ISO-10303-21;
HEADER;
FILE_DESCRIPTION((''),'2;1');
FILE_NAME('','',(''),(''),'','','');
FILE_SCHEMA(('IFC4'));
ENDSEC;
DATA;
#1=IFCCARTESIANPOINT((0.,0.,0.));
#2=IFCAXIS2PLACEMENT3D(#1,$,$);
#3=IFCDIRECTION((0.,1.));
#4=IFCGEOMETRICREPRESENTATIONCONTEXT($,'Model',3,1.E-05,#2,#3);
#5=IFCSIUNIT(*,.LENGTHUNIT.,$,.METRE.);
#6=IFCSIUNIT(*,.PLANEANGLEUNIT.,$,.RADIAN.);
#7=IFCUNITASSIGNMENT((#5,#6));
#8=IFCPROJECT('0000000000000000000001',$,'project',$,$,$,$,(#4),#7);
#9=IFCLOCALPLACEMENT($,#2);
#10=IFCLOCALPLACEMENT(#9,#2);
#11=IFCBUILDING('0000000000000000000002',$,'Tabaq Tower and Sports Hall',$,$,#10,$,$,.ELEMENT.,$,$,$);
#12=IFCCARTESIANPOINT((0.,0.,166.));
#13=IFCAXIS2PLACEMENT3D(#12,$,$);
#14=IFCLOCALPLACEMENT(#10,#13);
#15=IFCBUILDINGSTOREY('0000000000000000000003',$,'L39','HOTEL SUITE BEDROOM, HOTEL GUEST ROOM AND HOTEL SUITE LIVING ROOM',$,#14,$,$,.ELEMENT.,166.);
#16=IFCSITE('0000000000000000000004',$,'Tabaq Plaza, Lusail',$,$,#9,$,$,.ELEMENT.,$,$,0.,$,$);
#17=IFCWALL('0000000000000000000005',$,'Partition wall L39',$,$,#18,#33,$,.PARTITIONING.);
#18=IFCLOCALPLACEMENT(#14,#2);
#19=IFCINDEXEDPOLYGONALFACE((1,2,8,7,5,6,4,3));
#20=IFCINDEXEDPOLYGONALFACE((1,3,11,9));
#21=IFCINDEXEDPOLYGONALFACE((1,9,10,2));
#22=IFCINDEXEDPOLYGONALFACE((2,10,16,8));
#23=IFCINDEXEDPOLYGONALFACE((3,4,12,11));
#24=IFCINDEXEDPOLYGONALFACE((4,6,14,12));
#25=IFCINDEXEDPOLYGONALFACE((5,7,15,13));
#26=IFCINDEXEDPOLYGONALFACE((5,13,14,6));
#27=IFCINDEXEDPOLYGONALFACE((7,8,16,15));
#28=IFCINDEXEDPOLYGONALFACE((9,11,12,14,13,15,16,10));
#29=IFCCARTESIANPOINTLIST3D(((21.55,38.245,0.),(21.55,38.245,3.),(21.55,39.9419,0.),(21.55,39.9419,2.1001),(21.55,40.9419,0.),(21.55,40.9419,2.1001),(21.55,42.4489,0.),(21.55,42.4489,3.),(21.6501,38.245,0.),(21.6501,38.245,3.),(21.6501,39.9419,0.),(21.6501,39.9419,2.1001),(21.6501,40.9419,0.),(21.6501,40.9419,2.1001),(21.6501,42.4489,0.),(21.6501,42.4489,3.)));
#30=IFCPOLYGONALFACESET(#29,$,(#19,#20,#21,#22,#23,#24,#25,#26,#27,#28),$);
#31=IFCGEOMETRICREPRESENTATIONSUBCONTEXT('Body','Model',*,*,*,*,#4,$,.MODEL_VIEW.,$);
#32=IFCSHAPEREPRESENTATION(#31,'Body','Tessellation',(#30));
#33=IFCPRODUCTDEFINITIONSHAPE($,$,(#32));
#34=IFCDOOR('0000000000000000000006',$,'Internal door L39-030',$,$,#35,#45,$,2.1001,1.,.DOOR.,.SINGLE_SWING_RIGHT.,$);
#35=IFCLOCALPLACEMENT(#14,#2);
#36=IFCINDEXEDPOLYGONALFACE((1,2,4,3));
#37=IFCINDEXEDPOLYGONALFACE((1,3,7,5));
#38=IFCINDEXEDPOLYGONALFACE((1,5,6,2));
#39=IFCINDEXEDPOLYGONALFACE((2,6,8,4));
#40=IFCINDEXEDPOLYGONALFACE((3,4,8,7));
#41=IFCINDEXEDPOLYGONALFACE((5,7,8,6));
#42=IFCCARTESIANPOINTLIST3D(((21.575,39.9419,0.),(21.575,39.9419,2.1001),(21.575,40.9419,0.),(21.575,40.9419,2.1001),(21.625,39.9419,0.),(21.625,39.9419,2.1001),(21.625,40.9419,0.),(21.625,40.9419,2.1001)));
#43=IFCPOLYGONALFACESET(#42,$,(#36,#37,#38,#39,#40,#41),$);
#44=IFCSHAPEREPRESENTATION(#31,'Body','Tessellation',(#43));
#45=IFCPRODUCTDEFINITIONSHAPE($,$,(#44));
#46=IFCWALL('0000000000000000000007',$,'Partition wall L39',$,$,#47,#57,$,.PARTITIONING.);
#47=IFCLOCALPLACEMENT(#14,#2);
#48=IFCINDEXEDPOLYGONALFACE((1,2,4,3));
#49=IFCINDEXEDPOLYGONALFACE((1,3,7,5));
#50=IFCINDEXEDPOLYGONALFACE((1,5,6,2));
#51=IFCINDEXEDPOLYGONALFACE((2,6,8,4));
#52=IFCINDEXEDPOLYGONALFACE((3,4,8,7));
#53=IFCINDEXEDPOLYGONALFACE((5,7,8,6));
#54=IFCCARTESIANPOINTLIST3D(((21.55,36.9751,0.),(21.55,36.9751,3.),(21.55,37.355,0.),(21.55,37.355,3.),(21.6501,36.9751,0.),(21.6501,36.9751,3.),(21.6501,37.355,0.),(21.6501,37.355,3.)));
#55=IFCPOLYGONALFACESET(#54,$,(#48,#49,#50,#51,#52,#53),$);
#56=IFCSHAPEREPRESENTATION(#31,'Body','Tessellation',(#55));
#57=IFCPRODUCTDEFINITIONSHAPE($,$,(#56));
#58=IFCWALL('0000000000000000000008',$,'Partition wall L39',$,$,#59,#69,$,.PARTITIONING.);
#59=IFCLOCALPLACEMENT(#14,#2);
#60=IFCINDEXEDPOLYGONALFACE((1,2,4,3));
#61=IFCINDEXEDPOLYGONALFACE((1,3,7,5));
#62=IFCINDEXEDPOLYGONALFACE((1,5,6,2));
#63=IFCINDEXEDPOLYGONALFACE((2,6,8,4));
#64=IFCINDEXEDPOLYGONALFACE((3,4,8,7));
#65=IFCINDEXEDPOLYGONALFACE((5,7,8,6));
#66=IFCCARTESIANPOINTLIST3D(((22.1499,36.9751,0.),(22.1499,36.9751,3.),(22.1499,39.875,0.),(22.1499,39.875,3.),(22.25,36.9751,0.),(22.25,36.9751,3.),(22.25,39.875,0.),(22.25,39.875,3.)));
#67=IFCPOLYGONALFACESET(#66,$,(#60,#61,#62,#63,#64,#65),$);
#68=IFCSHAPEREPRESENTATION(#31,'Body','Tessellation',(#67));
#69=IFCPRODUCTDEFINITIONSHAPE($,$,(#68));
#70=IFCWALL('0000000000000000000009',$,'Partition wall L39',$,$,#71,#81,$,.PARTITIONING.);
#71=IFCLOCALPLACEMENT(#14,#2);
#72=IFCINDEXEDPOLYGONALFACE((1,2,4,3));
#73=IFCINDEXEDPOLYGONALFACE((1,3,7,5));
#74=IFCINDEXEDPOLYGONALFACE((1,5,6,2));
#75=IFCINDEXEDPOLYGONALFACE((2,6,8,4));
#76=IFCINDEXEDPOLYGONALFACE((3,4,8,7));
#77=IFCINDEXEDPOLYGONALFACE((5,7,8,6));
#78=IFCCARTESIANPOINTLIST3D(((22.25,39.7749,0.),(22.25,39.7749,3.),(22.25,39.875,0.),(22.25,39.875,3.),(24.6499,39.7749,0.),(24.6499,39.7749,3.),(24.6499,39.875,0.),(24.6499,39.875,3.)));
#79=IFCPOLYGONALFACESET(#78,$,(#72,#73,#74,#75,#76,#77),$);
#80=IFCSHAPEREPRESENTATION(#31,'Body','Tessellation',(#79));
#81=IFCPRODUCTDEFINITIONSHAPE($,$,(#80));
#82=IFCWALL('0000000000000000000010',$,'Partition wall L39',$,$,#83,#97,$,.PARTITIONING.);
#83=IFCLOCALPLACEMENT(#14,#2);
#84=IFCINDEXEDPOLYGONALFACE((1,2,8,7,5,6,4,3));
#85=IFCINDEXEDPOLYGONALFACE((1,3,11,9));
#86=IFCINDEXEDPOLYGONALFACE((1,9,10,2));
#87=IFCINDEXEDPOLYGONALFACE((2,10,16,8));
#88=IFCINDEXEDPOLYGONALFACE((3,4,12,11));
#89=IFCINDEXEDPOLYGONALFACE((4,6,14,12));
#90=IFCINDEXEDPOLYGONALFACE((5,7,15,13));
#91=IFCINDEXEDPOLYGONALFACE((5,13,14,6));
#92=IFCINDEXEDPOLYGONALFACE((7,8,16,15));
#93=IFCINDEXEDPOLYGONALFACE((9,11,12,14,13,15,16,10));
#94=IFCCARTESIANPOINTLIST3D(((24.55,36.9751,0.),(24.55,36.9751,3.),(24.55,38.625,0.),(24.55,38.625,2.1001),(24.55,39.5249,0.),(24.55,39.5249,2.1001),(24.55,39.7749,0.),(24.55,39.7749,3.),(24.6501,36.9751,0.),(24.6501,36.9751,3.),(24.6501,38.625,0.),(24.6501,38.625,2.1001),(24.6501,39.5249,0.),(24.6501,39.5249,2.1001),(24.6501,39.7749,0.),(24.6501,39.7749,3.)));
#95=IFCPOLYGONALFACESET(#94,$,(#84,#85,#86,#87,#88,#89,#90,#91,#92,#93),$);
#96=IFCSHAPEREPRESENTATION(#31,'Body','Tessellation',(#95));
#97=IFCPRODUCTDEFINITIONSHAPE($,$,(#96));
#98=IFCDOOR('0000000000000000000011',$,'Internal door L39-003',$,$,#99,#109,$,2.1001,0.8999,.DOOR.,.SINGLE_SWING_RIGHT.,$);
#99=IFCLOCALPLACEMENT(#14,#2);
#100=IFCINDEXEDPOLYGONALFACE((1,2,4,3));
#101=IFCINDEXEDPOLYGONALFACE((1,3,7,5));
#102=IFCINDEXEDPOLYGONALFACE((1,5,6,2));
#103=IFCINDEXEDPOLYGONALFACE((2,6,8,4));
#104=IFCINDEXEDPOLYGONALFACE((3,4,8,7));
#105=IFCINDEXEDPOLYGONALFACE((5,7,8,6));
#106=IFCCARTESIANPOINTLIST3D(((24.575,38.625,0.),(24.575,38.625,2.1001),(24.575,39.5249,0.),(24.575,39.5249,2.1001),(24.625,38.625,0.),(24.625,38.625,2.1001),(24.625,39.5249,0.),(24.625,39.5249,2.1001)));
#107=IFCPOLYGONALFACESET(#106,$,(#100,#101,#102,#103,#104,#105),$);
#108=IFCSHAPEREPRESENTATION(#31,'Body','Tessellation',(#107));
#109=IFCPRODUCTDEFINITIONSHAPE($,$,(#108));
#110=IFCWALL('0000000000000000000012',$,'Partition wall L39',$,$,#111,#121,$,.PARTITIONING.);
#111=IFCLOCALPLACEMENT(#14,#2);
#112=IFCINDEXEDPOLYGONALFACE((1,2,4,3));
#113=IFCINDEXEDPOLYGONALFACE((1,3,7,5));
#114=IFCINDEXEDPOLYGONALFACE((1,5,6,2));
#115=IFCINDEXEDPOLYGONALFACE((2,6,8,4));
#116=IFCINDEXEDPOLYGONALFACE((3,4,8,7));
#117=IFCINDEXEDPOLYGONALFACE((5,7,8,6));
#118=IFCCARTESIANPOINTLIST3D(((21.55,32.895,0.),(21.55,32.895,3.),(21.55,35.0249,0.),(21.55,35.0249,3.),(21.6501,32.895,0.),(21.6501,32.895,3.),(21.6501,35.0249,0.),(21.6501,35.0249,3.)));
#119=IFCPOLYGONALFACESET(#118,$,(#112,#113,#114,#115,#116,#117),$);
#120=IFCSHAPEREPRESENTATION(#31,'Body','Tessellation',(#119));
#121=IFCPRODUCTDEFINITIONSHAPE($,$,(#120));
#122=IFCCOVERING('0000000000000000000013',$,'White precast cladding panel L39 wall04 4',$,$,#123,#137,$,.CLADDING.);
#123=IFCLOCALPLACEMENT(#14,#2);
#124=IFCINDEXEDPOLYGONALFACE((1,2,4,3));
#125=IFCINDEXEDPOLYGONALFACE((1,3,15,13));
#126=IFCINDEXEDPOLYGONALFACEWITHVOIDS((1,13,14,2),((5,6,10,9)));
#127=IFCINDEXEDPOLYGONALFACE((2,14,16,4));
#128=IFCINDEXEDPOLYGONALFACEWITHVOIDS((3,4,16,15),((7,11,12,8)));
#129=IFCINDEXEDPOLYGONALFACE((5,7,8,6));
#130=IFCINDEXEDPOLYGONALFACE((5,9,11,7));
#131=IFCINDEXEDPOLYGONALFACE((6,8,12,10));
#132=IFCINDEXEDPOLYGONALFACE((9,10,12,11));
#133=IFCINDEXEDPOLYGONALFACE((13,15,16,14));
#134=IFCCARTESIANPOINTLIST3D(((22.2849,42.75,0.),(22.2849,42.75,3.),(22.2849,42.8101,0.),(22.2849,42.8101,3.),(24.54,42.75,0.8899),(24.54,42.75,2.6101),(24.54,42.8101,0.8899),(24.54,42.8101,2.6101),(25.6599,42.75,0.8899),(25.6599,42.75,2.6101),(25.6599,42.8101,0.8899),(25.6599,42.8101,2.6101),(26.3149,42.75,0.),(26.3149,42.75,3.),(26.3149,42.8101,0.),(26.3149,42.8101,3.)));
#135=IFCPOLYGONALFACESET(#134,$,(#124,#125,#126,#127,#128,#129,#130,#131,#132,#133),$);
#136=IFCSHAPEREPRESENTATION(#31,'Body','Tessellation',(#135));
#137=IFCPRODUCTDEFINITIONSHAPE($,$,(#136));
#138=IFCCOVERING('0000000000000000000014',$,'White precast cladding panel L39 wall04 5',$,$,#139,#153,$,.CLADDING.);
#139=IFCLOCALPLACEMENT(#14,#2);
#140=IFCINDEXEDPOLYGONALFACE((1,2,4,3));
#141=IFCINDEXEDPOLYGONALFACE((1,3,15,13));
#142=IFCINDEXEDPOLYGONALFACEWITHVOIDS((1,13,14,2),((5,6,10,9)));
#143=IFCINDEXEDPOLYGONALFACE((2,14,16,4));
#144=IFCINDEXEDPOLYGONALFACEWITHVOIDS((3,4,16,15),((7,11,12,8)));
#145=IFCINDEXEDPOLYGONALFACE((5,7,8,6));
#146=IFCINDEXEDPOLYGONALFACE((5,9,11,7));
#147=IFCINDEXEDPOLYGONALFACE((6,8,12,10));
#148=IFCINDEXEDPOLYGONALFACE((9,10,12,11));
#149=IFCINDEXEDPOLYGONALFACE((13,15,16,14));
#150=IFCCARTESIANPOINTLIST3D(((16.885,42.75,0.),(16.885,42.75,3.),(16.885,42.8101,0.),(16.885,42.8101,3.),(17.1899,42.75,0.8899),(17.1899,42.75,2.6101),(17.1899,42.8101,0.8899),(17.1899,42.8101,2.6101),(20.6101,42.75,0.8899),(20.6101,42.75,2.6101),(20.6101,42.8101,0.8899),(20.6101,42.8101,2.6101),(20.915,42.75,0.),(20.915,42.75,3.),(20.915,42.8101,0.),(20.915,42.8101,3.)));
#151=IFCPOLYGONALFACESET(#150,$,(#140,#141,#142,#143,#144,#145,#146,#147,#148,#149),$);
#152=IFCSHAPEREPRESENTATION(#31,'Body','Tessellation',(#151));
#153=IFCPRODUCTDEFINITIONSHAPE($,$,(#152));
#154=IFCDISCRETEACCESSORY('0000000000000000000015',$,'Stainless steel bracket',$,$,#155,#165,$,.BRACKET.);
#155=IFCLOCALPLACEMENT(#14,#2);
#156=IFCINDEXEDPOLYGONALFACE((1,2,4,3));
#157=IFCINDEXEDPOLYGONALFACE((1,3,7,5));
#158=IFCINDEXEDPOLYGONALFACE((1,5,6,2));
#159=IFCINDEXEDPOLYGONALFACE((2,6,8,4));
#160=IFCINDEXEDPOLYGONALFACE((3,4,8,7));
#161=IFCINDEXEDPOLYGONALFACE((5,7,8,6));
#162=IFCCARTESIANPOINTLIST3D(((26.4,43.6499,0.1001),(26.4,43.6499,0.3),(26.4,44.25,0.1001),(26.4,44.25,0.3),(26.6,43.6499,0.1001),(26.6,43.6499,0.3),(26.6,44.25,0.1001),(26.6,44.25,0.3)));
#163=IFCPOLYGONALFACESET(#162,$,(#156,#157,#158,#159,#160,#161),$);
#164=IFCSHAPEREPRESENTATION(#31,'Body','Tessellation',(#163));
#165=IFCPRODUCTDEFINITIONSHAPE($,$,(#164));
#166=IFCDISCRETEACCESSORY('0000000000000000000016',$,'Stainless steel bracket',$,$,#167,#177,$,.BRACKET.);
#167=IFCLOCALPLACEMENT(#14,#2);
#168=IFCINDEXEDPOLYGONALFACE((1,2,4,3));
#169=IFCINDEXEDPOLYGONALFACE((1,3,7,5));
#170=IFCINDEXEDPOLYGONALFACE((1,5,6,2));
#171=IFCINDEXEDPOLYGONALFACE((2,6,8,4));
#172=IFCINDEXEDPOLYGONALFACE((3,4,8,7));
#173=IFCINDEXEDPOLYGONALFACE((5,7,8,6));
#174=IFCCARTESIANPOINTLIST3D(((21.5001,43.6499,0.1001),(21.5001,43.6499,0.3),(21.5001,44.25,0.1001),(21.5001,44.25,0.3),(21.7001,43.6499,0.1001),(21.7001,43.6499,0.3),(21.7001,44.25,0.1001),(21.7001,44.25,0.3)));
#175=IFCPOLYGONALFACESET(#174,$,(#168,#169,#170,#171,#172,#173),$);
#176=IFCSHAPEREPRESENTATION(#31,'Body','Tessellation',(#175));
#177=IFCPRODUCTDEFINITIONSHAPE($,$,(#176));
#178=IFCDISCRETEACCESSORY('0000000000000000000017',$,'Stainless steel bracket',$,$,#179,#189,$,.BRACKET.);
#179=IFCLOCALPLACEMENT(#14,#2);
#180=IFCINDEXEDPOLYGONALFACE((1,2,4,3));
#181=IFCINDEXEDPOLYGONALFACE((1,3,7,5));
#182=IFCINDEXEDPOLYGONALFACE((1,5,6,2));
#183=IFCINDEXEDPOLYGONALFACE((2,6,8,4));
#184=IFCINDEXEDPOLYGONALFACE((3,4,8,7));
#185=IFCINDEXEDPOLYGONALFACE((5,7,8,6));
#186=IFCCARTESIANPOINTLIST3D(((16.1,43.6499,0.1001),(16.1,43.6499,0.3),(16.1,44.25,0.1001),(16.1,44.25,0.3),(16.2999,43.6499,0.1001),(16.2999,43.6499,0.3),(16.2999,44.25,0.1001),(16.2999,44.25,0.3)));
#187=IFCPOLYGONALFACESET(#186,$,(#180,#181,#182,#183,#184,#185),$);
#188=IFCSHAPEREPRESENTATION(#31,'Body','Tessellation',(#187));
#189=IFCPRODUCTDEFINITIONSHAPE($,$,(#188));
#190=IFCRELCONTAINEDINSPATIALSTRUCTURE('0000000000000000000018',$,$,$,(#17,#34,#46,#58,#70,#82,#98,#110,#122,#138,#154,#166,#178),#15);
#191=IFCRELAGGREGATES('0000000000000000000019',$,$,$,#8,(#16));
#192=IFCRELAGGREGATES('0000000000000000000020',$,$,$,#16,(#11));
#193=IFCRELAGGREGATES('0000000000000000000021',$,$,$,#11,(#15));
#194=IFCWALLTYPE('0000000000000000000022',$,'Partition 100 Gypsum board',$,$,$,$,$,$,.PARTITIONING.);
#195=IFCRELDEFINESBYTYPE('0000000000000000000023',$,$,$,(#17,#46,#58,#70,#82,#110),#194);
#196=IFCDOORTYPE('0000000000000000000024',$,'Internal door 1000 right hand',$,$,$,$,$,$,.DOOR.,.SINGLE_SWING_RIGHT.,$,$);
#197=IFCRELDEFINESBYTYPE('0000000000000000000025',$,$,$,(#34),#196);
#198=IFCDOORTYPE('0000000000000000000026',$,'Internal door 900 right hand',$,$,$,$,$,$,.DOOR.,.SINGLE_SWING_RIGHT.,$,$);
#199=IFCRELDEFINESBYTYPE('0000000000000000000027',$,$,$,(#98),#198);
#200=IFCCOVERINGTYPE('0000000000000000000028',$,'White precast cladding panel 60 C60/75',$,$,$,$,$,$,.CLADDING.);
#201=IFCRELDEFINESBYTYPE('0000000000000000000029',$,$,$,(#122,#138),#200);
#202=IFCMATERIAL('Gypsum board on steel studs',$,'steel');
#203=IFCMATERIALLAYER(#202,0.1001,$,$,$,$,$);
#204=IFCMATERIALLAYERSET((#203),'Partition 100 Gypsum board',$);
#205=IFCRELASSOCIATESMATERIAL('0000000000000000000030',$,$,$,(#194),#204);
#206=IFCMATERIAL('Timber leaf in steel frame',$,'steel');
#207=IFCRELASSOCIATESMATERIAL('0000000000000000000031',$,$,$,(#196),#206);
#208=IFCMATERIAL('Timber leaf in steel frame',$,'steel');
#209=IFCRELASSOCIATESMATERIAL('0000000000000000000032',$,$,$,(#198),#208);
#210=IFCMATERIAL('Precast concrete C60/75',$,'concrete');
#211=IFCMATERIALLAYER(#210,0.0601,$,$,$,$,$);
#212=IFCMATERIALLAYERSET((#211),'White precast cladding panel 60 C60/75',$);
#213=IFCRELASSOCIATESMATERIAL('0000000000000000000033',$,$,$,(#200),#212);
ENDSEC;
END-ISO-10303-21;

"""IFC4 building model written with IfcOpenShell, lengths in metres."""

from ifc_helpers import new_model, si_unit, direction, frame, frame_2d, origin, origin_2d, place, context, subcontext, project, spatial, polyline, rectangle, outline, extrude, material, layer, layer_set, type_object, element, fill, save


model = new_model("IFC4")

# Units and contexts
model_context = context("Model", 3, precision=1e-05, world=origin(), true_north=direction((0.0, 1.0)))
body_context = subcontext(model_context, "Body", "Model", "MODEL_VIEW")
ifc_project = project(units=[si_unit("LENGTHUNIT", "METRE"), si_unit("PLANEANGLEUNIT", "RADIAN")], contexts=[model_context])

# Site, building, storey
site_placement = place(None, origin())
site = spatial("IfcSite", under=ifc_project, at=site_placement, Name="Tabaq Plaza, Lusail", CompositionType="ELEMENT", RefElevation=0.0)
building_placement = place(site_placement, origin())
building = spatial("IfcBuilding", under=site, at=building_placement, Name="Tabaq Tower and Sports Hall", CompositionType="ELEMENT")
storey_placement = place(building_placement, frame((0.0, 0.0, 166.0)))
storey = spatial("IfcBuildingStorey", under=building, at=storey_placement, Name="L39", Description="HOTEL SUITE BEDROOM, HOTEL GUEST ROOM AND HOTEL SUITE LIVING ROOM", CompositionType="ELEMENT", Elevation=166.0)

# Wall, opening, door
ifc_material_1 = material(Name="Gypsum board on steel studs", Category="steel")
ifc_layer_1 = layer(ifc_material_1, 0.1001)
ifc_layer_set_1 = layer_set([ifc_layer_1], Name="Partition 100 Gypsum board")
wall_type = type_object("IfcWallType", Name="Partition 100 Gypsum board", PredefinedType="PARTITIONING", material=ifc_layer_set_1)
wall_1_placement = place(storey_placement, frame((21.6001, 42.449, 0.0), z_axis=(0.0, 0.0, 1.0), x_axis=(0.0, -1.0, 0.0)))
wall_1 = element("IfcWall", 1, at=wall_1_placement, inside=storey, type_object=wall_type, Name="Partition wall L39", PredefinedType="PARTITIONING", context=body_context, shape_type="SweptSolid", body=[
    extrude(rectangle(XDim=4.2039, YDim=0.1001, at=frame_2d((2.1021, 0.0))), origin(), (0.0, 0.0, 1.0), 3.0),
])
opening_1_placement = place(wall_1_placement, frame((1.5071, 0.0, 0.0)))
opening_1 = element("IfcOpeningElement", 2, at=opening_1_placement, cuts=wall_1, PredefinedType="OPENING", context=body_context, shape_type="SweptSolid", body=[
    extrude(rectangle(XDim=1.0, YDim=2.1001, at=frame_2d((0.5, 1.05))), frame((0.0, 0.05, 0.0), z_axis=(0.0, -1.0, 0.0), x_axis=(1.0, 0.0, 0.0)), (0.0, 0.0, 1.0), 0.1001),
])
ifc_material_2 = material(Name="Timber leaf in steel frame", Category="steel")
door_type_1 = type_object("IfcDoorType", Name="Internal door 1000 right hand", OperationType="SINGLE_SWING_RIGHT", PredefinedType="DOOR", material=ifc_material_2)
door_1_placement = place(opening_1_placement, origin())
door_1 = element("IfcDoor", 3, at=door_1_placement, inside=storey, type_object=door_type_1, Name="Internal door L39-030", OperationType="SINGLE_SWING_RIGHT", OverallHeight=2.1001, OverallWidth=1.0, PredefinedType="DOOR", context=body_context, shape_type="SweptSolid", body=[
    extrude(rectangle(XDim=1.0, YDim=2.1001, at=frame_2d((0.5, 1.05))), frame((0.0, 0.0249, 0.0), z_axis=(0.0, -1.0, 0.0), x_axis=(1.0, 0.0, 0.0)), (0.0, 0.0, 1.0), 0.05),
])
fill(opening_1, door_1)

# Walls
wall_2_placement = place(storey_placement, frame((21.6001, 37.355, 0.0), z_axis=(0.0, 0.0, 1.0), x_axis=(0.0, -1.0, 0.0)))
element("IfcWall", 4, at=wall_2_placement, inside=storey, type_object=wall_type, Name="Partition wall L39", PredefinedType="PARTITIONING", context=body_context, shape_type="SweptSolid", body=[
    extrude(rectangle(XDim=0.3799, YDim=0.1001, at=frame_2d((0.1899, 0.0))), origin(), (0.0, 0.0, 1.0), 3.0),
])
wall_3_placement = place(storey_placement, frame((22.2, 36.9751, 0.0), z_axis=(0.0, 0.0, 1.0), x_axis=(0.0, 1.0, 0.0)))
element("IfcWall", 5, at=wall_3_placement, inside=storey, type_object=wall_type, Name="Partition wall L39", PredefinedType="PARTITIONING", context=body_context, shape_type="SweptSolid", body=[
    extrude(rectangle(XDim=2.8999, YDim=0.1001, at=frame_2d((1.45, 0.0))), origin(), (0.0, 0.0, 1.0), 3.0),
])
wall_4_placement = place(storey_placement, frame((22.25, 39.825, 0.0), z_axis=(0.0, 0.0, 1.0), x_axis=(1.0, 0.0, 0.0)))
element("IfcWall", 6, at=wall_4_placement, inside=storey, type_object=wall_type, Name="Partition wall L39", PredefinedType="PARTITIONING", context=body_context, shape_type="SweptSolid", body=[
    extrude(rectangle(XDim=2.3999, YDim=0.1001, at=frame_2d((1.2, 0.0))), origin(), (0.0, 0.0, 1.0), 3.0),
])

# Wall, opening, door
wall_5_placement = place(storey_placement, frame((24.6001, 39.7749, 0.0), z_axis=(0.0, 0.0, 1.0), x_axis=(0.0, -1.0, 0.0)))
wall_5 = element("IfcWall", 7, at=wall_5_placement, inside=storey, type_object=wall_type, Name="Partition wall L39", PredefinedType="PARTITIONING", context=body_context, shape_type="SweptSolid", body=[
    extrude(rectangle(XDim=2.7998, YDim=0.1001, at=frame_2d((1.3999, 0.0))), origin(), (0.0, 0.0, 1.0), 3.0),
])
opening_2_placement = place(wall_5_placement, frame((0.25, 0.0, 0.0)))
opening_2 = element("IfcOpeningElement", 8, at=opening_2_placement, cuts=wall_5, PredefinedType="OPENING", context=body_context, shape_type="SweptSolid", body=[
    extrude(rectangle(XDim=0.8999, YDim=2.1001, at=frame_2d((0.45, 1.05))), frame((0.0, 0.05, 0.0), z_axis=(0.0, -1.0, 0.0), x_axis=(1.0, 0.0, 0.0)), (0.0, 0.0, 1.0), 0.1001),
])
ifc_material_3 = material(Name="Timber leaf in steel frame", Category="steel")
door_type_2 = type_object("IfcDoorType", Name="Internal door 900 right hand", OperationType="SINGLE_SWING_RIGHT", PredefinedType="DOOR", material=ifc_material_3)
door_2_placement = place(opening_2_placement, origin())
door_2 = element("IfcDoor", 9, at=door_2_placement, inside=storey, type_object=door_type_2, Name="Internal door L39-003", OperationType="SINGLE_SWING_RIGHT", OverallHeight=2.1001, OverallWidth=0.8999, PredefinedType="DOOR", context=body_context, shape_type="SweptSolid", body=[
    extrude(rectangle(XDim=0.8999, YDim=2.1001, at=frame_2d((0.45, 1.05))), frame((0.0, 0.0249, 0.0), z_axis=(0.0, -1.0, 0.0), x_axis=(1.0, 0.0, 0.0)), (0.0, 0.0, 1.0), 0.05),
])
fill(opening_2, door_2)

# Wall
wall_6_placement = place(storey_placement, frame((21.6001, 35.0249, 0.0), z_axis=(0.0, 0.0, 1.0), x_axis=(0.0, -1.0, 0.0)))
element("IfcWall", 10, at=wall_6_placement, inside=storey, type_object=wall_type, Name="Partition wall L39", PredefinedType="PARTITIONING", context=body_context, shape_type="SweptSolid", body=[
    extrude(rectangle(XDim=2.1299, YDim=0.1001, at=frame_2d((1.0649, 0.0))), origin(), (0.0, 0.0, 1.0), 3.0),
])

# Coverings
ifc_material_4 = material(Name="Precast concrete C60/75", Category="concrete")
ifc_layer_2 = layer(ifc_material_4, 0.0601)
ifc_layer_set_2 = layer_set([ifc_layer_2], Name="White precast cladding panel 60 C60/75")
covering_type = type_object("IfcCoveringType", Name="White precast cladding panel 60 C60/75", PredefinedType="CLADDING", material=ifc_layer_set_2)
covering_1_placement = place(storey_placement, frame((26.3149, 42.78, 0.0), z_axis=(0.0, 0.0, 1.0), x_axis=(-1.0, 0.0, 0.0)))
element("IfcCovering", 11, at=covering_1_placement, inside=storey, type_object=covering_type, Name="White precast cladding panel L39 wall04 4", PredefinedType="CLADDING", context=body_context, shape_type="SweptSolid", body=[
    extrude(outline(polyline([(0.0, 0.0), (4.03, 0.0), (4.03, 3.0), (0.0, 3.0), (0.0, 0.0)]), holes=[polyline([(0.655, 0.8899), (0.655, 2.6101), (1.7749, 2.6101), (1.7749, 0.8899), (0.655, 0.8899)])]), frame((0.0, 0.03, 0.0), z_axis=(0.0, -1.0, 0.0), x_axis=(1.0, 0.0, 0.0)), (0.0, 0.0, 1.0), 0.0601),
])
covering_2_placement = place(storey_placement, frame((20.915, 42.78, 0.0), z_axis=(0.0, 0.0, 1.0), x_axis=(-1.0, 0.0, 0.0)))
element("IfcCovering", 12, at=covering_2_placement, inside=storey, type_object=covering_type, Name="White precast cladding panel L39 wall04 5", PredefinedType="CLADDING", context=body_context, shape_type="SweptSolid", body=[
    extrude(outline(polyline([(0.0, 0.0), (4.03, 0.0), (4.03, 3.0), (0.0, 3.0), (0.0, 0.0)]), holes=[polyline([(0.3049, 0.8899), (0.3049, 2.6101), (3.7251, 2.6101), (3.7251, 0.8899), (0.3049, 0.8899)])]), frame((0.0, 0.03, 0.0), z_axis=(0.0, -1.0, 0.0), x_axis=(1.0, 0.0, 0.0)), (0.0, 0.0, 1.0), 0.0601),
])

# Discrete accessories
for number, where, z_axis, x_axis, name in (
    (13, (26.5, 43.95, 0.1001), (0.0, 0.0, 1.0), (0.0, 1.0, 0.0), "Stainless steel bracket"),
    (14, (21.6001, 43.95, 0.1001), (0.0, 0.0, 1.0), (0.0, 1.0, 0.0), "Stainless steel bracket"),
    (15, (16.2, 43.95, 0.1001), (0.0, 0.0, 1.0), (0.0, 1.0, 0.0), "Stainless steel bracket"),
):
    element("IfcDiscreteAccessory", number, at=place(storey_placement, frame(where, z_axis=z_axis, x_axis=x_axis)), inside=storey, Name=name, PredefinedType="BRACKET", context=body_context, shape_type="SweptSolid", body=[
        extrude(rectangle(XDim=0.6001, YDim=0.2, at=origin_2d()), origin(), (0.0, 0.0, 1.0), 0.2),
    ])

save(model, "model.ifc")
